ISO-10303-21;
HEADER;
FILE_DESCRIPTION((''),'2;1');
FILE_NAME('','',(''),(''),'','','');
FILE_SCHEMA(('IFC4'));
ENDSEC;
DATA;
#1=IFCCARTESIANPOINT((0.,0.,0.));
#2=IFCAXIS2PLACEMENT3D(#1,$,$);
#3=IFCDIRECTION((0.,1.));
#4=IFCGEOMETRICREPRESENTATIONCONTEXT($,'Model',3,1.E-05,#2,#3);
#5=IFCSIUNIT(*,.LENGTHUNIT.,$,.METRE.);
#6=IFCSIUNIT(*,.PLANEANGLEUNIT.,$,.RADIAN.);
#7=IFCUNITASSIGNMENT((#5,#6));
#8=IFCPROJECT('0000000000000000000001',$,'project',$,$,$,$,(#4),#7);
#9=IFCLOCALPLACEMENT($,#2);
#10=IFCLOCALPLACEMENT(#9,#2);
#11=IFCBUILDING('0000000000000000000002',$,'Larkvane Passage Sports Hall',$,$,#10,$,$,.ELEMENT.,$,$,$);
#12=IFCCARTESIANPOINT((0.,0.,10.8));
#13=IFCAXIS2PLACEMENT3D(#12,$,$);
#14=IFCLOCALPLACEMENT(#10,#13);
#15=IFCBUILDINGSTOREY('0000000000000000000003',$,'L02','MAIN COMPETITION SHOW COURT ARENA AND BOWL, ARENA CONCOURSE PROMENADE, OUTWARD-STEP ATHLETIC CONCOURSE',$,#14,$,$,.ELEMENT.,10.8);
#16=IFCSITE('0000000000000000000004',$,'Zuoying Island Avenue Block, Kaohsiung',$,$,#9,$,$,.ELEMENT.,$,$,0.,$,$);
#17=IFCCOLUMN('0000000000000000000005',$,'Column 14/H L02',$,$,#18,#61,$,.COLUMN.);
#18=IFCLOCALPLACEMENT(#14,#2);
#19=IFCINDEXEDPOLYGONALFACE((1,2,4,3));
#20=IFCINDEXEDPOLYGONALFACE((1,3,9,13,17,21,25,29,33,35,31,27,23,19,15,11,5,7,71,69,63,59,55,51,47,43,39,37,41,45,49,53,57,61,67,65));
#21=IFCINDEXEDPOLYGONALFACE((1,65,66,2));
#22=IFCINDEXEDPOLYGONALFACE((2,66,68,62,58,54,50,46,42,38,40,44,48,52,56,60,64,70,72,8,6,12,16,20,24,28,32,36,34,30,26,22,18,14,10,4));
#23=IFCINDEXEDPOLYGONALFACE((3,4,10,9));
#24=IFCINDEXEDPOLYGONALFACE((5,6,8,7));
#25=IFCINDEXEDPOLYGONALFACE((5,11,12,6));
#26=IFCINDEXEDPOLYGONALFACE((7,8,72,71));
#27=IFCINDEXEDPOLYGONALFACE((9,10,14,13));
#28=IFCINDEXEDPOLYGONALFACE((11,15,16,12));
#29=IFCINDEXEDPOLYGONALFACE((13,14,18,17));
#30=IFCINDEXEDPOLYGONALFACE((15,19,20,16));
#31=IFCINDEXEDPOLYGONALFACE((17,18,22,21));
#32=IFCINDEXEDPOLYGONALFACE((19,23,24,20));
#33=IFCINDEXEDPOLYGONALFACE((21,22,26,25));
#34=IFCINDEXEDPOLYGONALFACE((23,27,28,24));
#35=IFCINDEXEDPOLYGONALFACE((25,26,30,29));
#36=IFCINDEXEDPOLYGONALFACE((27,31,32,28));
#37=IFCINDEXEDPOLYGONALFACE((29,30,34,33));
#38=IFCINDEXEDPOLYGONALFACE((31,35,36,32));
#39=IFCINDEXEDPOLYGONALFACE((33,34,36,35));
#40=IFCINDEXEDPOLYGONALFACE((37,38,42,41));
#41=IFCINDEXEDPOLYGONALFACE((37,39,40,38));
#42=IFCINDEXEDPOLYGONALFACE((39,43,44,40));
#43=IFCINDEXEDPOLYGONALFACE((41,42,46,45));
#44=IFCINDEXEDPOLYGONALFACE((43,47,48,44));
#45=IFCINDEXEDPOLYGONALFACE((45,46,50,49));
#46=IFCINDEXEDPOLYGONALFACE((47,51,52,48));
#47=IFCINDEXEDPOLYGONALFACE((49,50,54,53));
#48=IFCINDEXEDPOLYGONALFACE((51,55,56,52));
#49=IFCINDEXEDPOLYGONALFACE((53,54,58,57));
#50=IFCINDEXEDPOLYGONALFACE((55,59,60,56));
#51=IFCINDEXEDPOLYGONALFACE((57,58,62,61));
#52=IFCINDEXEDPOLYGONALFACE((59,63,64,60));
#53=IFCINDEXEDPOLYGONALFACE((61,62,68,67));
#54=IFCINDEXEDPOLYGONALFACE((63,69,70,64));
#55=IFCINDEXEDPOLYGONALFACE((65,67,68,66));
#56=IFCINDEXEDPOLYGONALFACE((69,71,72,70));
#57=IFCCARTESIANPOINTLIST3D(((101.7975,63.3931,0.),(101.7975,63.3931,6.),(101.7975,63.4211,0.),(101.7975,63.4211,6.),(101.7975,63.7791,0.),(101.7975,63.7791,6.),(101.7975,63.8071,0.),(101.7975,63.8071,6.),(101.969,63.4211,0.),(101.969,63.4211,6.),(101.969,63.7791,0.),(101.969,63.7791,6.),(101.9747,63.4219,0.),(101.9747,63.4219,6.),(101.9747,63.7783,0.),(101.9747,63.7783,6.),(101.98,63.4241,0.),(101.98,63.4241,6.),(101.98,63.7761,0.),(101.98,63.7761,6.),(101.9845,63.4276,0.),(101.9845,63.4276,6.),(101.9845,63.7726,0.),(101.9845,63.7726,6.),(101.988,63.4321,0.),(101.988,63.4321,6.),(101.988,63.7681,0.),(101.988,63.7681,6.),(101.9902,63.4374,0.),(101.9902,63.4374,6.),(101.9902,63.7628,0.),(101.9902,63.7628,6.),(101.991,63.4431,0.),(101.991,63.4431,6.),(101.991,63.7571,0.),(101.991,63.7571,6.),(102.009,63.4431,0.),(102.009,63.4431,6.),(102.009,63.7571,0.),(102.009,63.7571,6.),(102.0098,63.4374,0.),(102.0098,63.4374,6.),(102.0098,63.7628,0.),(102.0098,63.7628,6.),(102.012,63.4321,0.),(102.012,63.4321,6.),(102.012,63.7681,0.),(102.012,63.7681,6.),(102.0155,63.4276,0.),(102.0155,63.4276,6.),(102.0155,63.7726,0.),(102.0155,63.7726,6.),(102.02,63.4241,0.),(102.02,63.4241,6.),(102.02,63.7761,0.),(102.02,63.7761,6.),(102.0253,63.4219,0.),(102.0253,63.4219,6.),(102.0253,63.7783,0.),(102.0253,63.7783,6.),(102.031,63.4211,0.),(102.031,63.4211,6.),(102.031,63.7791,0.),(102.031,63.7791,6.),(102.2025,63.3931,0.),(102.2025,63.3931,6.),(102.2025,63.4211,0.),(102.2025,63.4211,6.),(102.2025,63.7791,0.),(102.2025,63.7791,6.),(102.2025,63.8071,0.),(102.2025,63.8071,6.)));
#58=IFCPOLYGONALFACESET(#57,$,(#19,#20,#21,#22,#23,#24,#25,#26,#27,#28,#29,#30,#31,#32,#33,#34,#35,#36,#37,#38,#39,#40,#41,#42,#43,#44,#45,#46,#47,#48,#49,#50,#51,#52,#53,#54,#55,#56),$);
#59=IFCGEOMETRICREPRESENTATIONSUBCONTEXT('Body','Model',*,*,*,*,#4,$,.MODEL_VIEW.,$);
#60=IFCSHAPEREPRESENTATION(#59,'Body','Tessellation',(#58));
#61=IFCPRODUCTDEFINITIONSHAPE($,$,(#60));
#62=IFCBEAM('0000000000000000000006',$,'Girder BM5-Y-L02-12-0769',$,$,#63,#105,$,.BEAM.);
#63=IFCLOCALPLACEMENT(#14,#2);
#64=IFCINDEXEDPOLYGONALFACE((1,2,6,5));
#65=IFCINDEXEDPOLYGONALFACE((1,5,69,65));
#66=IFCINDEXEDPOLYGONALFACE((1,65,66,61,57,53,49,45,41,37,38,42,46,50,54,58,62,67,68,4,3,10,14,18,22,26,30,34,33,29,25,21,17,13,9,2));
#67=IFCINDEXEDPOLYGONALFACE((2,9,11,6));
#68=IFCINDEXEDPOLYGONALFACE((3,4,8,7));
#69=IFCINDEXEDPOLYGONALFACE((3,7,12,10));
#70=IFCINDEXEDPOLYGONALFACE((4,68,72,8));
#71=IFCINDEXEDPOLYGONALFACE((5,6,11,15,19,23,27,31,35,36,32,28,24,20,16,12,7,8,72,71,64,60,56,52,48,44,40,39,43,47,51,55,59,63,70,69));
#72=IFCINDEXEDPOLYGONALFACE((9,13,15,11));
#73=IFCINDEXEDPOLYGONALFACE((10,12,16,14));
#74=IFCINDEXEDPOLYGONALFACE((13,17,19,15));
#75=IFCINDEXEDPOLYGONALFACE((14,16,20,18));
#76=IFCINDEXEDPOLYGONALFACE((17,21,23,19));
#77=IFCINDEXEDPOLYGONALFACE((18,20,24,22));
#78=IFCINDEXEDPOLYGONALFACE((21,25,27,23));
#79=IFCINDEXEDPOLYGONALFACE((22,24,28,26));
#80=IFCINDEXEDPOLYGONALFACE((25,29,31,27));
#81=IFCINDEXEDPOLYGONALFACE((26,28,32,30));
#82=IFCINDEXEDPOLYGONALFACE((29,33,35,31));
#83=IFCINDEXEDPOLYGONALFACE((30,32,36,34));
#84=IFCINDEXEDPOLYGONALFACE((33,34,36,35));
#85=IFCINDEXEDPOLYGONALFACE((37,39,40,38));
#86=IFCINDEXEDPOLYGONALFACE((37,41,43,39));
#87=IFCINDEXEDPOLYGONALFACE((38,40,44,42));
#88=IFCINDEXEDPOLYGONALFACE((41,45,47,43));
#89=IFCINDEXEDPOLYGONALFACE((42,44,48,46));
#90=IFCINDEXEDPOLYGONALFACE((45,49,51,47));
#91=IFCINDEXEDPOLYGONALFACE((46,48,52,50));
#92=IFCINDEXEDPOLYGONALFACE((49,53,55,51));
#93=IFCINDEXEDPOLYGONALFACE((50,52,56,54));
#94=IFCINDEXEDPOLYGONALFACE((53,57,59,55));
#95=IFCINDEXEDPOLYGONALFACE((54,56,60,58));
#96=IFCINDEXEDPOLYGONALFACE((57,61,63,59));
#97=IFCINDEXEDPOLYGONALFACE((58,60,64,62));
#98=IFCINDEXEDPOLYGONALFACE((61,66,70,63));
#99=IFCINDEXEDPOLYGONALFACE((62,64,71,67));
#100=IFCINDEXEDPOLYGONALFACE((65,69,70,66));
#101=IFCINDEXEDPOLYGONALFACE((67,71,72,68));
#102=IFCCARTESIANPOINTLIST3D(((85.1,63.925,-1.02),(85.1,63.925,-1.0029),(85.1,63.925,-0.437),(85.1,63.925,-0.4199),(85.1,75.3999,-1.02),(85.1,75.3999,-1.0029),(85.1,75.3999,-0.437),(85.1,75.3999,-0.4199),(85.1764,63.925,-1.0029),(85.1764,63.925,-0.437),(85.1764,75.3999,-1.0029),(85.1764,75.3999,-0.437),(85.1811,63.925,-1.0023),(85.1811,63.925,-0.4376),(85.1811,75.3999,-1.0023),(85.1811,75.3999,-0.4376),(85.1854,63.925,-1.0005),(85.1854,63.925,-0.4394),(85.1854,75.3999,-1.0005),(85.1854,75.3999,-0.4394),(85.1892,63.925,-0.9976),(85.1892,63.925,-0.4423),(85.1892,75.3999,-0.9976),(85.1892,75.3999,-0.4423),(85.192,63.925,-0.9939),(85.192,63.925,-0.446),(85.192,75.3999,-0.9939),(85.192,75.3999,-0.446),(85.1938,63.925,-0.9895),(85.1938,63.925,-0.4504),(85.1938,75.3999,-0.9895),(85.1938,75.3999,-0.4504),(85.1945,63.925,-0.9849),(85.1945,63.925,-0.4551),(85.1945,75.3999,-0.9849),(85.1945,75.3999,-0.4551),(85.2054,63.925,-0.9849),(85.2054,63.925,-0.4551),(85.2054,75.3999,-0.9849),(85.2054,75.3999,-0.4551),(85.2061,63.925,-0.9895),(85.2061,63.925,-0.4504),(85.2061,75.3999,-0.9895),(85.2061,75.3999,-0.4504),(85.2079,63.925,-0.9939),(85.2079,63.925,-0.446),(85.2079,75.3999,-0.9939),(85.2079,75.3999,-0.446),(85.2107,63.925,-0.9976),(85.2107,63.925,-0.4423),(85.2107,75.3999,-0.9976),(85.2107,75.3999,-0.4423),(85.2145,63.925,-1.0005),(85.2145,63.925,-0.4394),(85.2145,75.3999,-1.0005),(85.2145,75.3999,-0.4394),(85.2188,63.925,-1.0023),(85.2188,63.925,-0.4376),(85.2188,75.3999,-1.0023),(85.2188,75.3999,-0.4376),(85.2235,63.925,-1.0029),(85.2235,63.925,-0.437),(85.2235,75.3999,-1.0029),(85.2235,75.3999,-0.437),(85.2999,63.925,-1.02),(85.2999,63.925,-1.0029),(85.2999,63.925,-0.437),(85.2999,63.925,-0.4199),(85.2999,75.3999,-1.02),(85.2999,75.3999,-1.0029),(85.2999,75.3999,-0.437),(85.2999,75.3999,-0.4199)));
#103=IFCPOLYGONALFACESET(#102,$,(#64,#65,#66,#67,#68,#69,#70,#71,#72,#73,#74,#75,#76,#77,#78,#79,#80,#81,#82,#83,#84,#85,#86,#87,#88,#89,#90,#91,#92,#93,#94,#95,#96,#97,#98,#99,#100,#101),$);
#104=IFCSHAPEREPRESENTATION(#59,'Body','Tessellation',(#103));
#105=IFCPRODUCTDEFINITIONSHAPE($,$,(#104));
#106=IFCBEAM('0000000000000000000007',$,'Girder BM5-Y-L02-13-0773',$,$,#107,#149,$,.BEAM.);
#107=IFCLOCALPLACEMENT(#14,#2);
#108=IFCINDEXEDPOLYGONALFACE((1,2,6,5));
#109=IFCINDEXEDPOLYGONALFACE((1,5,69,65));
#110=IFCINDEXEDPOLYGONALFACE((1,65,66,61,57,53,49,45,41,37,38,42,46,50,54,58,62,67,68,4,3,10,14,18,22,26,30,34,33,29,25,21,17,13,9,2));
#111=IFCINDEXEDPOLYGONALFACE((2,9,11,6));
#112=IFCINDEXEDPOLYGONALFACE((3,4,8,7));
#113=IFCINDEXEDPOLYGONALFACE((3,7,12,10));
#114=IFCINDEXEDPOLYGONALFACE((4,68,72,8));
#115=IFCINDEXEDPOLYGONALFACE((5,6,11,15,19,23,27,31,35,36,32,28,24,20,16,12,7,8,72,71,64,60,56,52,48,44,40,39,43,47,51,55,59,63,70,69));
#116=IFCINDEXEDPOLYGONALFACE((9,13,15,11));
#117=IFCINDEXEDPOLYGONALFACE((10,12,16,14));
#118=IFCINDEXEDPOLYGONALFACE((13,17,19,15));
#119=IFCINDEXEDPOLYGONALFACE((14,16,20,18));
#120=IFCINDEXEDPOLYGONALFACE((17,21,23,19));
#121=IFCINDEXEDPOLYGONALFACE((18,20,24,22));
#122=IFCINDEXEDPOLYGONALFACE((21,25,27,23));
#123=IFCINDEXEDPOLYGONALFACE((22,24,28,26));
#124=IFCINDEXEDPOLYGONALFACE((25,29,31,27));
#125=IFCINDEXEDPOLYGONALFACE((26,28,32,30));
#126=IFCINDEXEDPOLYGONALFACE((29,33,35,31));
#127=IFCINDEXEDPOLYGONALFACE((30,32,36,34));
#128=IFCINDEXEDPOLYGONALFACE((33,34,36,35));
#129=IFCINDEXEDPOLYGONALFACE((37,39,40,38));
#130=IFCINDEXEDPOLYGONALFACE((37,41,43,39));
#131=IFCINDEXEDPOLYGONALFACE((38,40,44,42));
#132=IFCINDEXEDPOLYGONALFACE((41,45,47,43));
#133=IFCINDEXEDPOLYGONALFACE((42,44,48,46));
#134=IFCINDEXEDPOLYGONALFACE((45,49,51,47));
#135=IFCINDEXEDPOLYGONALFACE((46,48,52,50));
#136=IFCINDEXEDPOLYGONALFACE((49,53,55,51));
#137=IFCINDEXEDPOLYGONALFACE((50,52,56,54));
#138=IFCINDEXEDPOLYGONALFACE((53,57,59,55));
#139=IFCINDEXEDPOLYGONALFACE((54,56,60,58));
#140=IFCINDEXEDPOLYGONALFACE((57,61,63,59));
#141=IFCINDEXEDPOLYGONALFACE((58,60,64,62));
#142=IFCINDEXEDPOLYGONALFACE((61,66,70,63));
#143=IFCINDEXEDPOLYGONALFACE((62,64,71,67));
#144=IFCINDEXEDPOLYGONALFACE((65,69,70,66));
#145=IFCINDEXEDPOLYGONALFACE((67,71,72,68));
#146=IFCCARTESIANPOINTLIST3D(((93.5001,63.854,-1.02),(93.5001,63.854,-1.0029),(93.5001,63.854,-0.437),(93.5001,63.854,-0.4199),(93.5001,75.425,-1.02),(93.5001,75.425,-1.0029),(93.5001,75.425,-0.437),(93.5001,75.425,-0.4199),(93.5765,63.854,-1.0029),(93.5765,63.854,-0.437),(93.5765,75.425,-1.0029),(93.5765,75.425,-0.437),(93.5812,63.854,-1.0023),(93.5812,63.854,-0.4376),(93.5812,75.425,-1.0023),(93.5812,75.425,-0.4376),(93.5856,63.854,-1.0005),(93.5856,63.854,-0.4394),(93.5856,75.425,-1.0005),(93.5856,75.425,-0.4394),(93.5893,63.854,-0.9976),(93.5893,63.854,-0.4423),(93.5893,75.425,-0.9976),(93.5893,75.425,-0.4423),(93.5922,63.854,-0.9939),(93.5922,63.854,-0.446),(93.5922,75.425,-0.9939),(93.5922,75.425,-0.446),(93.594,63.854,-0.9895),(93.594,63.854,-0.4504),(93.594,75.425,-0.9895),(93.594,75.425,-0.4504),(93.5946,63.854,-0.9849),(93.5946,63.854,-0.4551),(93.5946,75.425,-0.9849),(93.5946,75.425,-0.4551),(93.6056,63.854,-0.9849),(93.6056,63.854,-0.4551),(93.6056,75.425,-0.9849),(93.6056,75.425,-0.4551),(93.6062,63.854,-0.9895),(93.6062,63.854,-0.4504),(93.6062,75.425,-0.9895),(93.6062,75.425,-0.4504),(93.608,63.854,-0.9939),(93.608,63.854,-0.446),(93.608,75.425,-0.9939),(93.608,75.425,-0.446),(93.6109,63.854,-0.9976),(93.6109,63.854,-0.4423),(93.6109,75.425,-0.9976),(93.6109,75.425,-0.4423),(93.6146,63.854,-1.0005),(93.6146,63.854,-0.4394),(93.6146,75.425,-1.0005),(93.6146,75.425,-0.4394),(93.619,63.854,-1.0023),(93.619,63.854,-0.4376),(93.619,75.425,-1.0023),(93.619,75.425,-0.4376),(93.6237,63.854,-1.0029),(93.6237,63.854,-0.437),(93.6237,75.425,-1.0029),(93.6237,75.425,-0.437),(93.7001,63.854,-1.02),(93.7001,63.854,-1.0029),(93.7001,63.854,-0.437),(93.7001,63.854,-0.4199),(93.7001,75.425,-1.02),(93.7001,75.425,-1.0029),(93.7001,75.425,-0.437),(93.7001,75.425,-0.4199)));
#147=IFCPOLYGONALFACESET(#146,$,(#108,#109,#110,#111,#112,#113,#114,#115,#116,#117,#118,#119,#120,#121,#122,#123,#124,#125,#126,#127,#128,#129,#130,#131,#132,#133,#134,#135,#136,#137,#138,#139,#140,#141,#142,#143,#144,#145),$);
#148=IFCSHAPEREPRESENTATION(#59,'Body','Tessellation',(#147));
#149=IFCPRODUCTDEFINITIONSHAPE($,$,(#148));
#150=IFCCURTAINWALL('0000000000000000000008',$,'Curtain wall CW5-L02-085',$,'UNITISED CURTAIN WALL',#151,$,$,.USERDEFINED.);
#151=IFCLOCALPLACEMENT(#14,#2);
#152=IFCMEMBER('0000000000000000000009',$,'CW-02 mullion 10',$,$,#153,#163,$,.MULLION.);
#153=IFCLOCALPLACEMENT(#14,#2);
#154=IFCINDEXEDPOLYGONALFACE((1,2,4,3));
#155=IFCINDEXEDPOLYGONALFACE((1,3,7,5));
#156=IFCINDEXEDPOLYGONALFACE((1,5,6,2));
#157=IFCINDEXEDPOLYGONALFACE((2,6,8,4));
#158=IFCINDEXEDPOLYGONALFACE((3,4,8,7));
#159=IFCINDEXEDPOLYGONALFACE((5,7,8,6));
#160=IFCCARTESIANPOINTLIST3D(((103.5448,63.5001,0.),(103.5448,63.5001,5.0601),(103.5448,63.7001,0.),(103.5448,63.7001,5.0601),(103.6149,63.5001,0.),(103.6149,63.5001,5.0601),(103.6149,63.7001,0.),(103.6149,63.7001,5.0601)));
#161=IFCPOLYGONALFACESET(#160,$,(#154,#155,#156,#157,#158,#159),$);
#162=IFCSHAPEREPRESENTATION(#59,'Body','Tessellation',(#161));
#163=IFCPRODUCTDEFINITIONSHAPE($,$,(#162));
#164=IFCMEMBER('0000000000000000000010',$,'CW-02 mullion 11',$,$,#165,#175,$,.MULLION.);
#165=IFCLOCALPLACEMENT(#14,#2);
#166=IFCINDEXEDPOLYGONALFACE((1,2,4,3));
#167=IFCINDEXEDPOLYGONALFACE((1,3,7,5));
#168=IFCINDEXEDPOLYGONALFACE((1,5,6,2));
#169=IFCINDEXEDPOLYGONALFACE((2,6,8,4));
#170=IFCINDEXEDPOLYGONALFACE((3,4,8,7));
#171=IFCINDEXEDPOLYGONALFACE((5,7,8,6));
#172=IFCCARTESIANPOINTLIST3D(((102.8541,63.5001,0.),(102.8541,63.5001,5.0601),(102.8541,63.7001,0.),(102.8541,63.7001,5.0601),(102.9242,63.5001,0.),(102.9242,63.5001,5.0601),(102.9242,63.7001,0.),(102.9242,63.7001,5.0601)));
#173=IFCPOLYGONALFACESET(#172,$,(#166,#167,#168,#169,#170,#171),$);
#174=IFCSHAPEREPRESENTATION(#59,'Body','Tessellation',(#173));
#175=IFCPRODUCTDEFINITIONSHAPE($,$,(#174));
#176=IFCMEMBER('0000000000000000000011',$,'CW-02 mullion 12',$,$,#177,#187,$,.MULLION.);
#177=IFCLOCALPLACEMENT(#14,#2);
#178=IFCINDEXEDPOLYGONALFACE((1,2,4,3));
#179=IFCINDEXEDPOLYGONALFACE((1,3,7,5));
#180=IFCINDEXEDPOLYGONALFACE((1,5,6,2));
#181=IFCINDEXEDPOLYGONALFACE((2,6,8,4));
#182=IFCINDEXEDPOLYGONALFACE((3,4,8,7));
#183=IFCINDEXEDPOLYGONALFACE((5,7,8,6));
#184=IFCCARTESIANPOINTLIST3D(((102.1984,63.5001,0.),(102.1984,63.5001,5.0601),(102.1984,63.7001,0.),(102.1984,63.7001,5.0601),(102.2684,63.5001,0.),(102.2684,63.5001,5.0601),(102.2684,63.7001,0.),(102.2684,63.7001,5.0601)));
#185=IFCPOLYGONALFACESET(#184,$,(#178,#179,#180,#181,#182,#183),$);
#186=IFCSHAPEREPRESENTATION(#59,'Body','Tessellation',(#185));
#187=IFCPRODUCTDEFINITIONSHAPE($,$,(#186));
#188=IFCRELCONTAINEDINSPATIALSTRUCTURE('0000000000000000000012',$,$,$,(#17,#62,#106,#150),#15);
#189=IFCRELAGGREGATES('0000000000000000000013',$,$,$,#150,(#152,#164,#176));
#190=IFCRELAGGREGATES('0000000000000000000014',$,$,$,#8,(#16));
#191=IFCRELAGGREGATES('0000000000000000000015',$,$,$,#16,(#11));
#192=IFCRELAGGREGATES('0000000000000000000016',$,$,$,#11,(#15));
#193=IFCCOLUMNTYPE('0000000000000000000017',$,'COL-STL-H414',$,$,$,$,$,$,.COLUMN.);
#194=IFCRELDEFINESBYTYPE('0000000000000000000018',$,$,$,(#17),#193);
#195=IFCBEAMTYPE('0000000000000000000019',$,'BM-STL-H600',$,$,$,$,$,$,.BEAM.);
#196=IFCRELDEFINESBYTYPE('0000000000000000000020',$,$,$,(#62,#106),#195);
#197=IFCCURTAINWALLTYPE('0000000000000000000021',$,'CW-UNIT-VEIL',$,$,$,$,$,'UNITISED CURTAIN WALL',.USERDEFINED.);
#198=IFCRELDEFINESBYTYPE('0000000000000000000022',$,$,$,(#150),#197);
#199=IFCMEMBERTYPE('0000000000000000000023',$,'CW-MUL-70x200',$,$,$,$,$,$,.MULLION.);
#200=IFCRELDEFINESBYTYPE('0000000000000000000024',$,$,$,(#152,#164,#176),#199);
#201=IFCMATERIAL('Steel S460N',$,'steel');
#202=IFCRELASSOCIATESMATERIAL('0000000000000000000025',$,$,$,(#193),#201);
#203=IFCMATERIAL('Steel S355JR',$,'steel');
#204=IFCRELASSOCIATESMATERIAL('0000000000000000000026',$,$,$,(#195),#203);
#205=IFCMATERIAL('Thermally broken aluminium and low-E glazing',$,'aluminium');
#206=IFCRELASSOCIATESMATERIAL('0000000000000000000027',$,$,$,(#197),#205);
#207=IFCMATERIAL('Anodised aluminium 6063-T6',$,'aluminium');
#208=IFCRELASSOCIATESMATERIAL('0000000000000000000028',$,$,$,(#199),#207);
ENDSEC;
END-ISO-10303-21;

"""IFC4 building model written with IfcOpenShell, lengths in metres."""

from ifc_helpers import new_model, si_unit, direction, frame, origin, origin_2d, place, context, subcontext, project, spatial, rectangle, i_section, extrude, material, material_profile, profile_set, type_object, element, aggregate, save


model = new_model("IFC4")

# Units and contexts
model_context = context("Model", 3, precision=1e-05, world=origin(), true_north=direction((0.0, 1.0)))
body_context = subcontext(model_context, "Body", "Model", "MODEL_VIEW")
ifc_project = project(units=[si_unit("LENGTHUNIT", "METRE"), si_unit("PLANEANGLEUNIT", "RADIAN")], contexts=[model_context])

# Site, building, storey
site_placement = place(None, origin())
site = spatial("IfcSite", under=ifc_project, at=site_placement, Name="Zuoying Island Avenue Block, Kaohsiung", CompositionType="ELEMENT", RefElevation=0.0)
building_placement = place(site_placement, origin())
building = spatial("IfcBuilding", under=site, at=building_placement, Name="Larkvane Passage Sports Hall", CompositionType="ELEMENT")
storey_placement = place(building_placement, frame((0.0, 0.0, 10.8)))
storey = spatial("IfcBuildingStorey", under=building, at=storey_placement, Name="L02", Description="MAIN COMPETITION SHOW COURT ARENA AND BOWL, ARENA CONCOURSE PROMENADE, OUTWARD-STEP ATHLETIC CONCOURSE", CompositionType="ELEMENT", Elevation=10.8)

# Column
ifc_material_1 = material(Name="Steel S460N", Category="steel")
ifc_material_profile_1 = material_profile(ifc_material_1, i_section(OverallWidth=0.405, OverallDepth=0.4141, WebThickness=0.0181, FlangeThickness=0.0281, FilletRadius=0.022, at=origin_2d()), Name="H-414x405x18x28")
ifc_profile_set_1 = profile_set([ifc_material_profile_1], Name="Steel S460N")
column_type = type_object("IfcColumnType", Name="COL-STL-H414", PredefinedType="COLUMN", material=ifc_profile_set_1)
column_placement = place(storey_placement, frame((102.0, 63.6001, 0.0), z_axis=(0.0, 0.0, 1.0), x_axis=(1.0, 0.0, 0.0)))
element("IfcColumn", 1, at=column_placement, inside=storey, type_object=column_type, Name="Column 14/H L02", PredefinedType="COLUMN", context=body_context, shape_type="SweptSolid", body=[
    extrude(i_section(OverallWidth=0.405, OverallDepth=0.4141, WebThickness=0.0181, FlangeThickness=0.0281, FilletRadius=0.022, at=origin_2d()), origin(), (0.0, 0.0, 1.0), 6.0),
])

# Beams
ifc_material_2 = material(Name="Steel S355JR", Category="steel")
ifc_material_profile_2 = material_profile(ifc_material_2, i_section(OverallWidth=0.2, OverallDepth=0.6001, WebThickness=0.011, FlangeThickness=0.0171, FilletRadius=0.0181, at=origin_2d()), Name="H-600x200x11x17")
ifc_profile_set_2 = profile_set([ifc_material_profile_2], Name="Steel S355JR")
beam_type_1 = type_object("IfcBeamType", Name="BM-STL-H600", PredefinedType="BEAM", material=ifc_profile_set_2)
beam_1_placement = place(storey_placement, frame((85.2, 63.925, -0.72), z_axis=(0.0, 1.0, 0.0), x_axis=(-1.0, 0.0, 0.0)))
element("IfcBeam", 2, at=beam_1_placement, inside=storey, type_object=beam_type_1, Name="Girder BM5-Y-L02-12-0769", PredefinedType="BEAM", context=body_context, shape_type="SweptSolid", body=[
    extrude(i_section(OverallWidth=0.2, OverallDepth=0.6001, WebThickness=0.011, FlangeThickness=0.0171, FilletRadius=0.0181, at=origin_2d()), origin(), (0.0, 0.0, 1.0), 11.4749),
])
beam_2_placement = place(storey_placement, frame((93.6001, 63.854, -0.72), z_axis=(0.0, 1.0, 0.0), x_axis=(-1.0, 0.0, 0.0)))
element("IfcBeam", 3, at=beam_2_placement, inside=storey, type_object=beam_type_1, Name="Girder BM5-Y-L02-13-0773", PredefinedType="BEAM", context=body_context, shape_type="SweptSolid", body=[
    extrude(i_section(OverallWidth=0.2, OverallDepth=0.6001, WebThickness=0.011, FlangeThickness=0.0171, FilletRadius=0.0181, at=origin_2d()), origin(), (0.0, 0.0, 1.0), 11.571),
])

# Curtain wall, members
ifc_material_3 = material(Name="Thermally broken aluminium and low-E glazing", Category="aluminium")
curtain_wall_type = type_object("IfcCurtainWallType", Name="CW-UNIT-VEIL", ElementType="UNITISED CURTAIN WALL", PredefinedType="USERDEFINED", material=ifc_material_3)
curtain_wall_placement = place(storey_placement, origin())
curtain_wall = element("IfcCurtainWall", 4, at=curtain_wall_placement, inside=storey, type_object=curtain_wall_type, Name="Curtain wall CW5-L02-085", ObjectType="UNITISED CURTAIN WALL", PredefinedType="USERDEFINED")
ifc_material_4 = material(Name="Anodised aluminium 6063-T6", Category="aluminium")
ifc_material_profile_3 = material_profile(ifc_material_4, rectangle(XDim=0.0701, YDim=0.2, at=origin_2d()), Name="ALU-MUL-70x200")
ifc_profile_set_3 = profile_set([ifc_material_profile_3], Name="Anodised aluminium 6063-T6")
member_type_1 = type_object("IfcMemberType", Name="CW-MUL-70x200", PredefinedType="MULLION", material=ifc_profile_set_3)
member_1_placement = place(storey_placement, frame((103.5798, 63.6001, 0.0), z_axis=(0.0, 0.0, 1.0), x_axis=(-1.0, 0.0, 0.0)))
member_1 = element("IfcMember", 5, at=member_1_placement, type_object=member_type_1, Name="CW-02 mullion 10", PredefinedType="MULLION", context=body_context, shape_type="SweptSolid", body=[
    extrude(rectangle(XDim=0.0701, YDim=0.2, at=origin_2d()), origin(), (0.0, 0.0, 1.0), 5.0601),
])
member_2_placement = place(storey_placement, frame((102.8892, 63.6001, 0.0), z_axis=(0.0, 0.0, 1.0), x_axis=(-1.0, 0.0, 0.0)))
member_2 = element("IfcMember", 6, at=member_2_placement, type_object=member_type_1, Name="CW-02 mullion 11", PredefinedType="MULLION", context=body_context, shape_type="SweptSolid", body=[
    extrude(rectangle(XDim=0.0701, YDim=0.2, at=origin_2d()), origin(), (0.0, 0.0, 1.0), 5.0601),
])
member_3_placement = place(storey_placement, frame((102.2334, 63.6001, 0.0), z_axis=(0.0, 0.0, 1.0), x_axis=(-1.0, 0.0, 0.0)))
member_3 = element("IfcMember", 7, at=member_3_placement, type_object=member_type_1, Name="CW-02 mullion 12", PredefinedType="MULLION", context=body_context, shape_type="SweptSolid", body=[
    extrude(rectangle(XDim=0.0701, YDim=0.2, at=origin_2d()), origin(), (0.0, 0.0, 1.0), 5.0601),
])

aggregate(curtain_wall, [member_1, member_2, member_3])

save(model, "model.ifc")
